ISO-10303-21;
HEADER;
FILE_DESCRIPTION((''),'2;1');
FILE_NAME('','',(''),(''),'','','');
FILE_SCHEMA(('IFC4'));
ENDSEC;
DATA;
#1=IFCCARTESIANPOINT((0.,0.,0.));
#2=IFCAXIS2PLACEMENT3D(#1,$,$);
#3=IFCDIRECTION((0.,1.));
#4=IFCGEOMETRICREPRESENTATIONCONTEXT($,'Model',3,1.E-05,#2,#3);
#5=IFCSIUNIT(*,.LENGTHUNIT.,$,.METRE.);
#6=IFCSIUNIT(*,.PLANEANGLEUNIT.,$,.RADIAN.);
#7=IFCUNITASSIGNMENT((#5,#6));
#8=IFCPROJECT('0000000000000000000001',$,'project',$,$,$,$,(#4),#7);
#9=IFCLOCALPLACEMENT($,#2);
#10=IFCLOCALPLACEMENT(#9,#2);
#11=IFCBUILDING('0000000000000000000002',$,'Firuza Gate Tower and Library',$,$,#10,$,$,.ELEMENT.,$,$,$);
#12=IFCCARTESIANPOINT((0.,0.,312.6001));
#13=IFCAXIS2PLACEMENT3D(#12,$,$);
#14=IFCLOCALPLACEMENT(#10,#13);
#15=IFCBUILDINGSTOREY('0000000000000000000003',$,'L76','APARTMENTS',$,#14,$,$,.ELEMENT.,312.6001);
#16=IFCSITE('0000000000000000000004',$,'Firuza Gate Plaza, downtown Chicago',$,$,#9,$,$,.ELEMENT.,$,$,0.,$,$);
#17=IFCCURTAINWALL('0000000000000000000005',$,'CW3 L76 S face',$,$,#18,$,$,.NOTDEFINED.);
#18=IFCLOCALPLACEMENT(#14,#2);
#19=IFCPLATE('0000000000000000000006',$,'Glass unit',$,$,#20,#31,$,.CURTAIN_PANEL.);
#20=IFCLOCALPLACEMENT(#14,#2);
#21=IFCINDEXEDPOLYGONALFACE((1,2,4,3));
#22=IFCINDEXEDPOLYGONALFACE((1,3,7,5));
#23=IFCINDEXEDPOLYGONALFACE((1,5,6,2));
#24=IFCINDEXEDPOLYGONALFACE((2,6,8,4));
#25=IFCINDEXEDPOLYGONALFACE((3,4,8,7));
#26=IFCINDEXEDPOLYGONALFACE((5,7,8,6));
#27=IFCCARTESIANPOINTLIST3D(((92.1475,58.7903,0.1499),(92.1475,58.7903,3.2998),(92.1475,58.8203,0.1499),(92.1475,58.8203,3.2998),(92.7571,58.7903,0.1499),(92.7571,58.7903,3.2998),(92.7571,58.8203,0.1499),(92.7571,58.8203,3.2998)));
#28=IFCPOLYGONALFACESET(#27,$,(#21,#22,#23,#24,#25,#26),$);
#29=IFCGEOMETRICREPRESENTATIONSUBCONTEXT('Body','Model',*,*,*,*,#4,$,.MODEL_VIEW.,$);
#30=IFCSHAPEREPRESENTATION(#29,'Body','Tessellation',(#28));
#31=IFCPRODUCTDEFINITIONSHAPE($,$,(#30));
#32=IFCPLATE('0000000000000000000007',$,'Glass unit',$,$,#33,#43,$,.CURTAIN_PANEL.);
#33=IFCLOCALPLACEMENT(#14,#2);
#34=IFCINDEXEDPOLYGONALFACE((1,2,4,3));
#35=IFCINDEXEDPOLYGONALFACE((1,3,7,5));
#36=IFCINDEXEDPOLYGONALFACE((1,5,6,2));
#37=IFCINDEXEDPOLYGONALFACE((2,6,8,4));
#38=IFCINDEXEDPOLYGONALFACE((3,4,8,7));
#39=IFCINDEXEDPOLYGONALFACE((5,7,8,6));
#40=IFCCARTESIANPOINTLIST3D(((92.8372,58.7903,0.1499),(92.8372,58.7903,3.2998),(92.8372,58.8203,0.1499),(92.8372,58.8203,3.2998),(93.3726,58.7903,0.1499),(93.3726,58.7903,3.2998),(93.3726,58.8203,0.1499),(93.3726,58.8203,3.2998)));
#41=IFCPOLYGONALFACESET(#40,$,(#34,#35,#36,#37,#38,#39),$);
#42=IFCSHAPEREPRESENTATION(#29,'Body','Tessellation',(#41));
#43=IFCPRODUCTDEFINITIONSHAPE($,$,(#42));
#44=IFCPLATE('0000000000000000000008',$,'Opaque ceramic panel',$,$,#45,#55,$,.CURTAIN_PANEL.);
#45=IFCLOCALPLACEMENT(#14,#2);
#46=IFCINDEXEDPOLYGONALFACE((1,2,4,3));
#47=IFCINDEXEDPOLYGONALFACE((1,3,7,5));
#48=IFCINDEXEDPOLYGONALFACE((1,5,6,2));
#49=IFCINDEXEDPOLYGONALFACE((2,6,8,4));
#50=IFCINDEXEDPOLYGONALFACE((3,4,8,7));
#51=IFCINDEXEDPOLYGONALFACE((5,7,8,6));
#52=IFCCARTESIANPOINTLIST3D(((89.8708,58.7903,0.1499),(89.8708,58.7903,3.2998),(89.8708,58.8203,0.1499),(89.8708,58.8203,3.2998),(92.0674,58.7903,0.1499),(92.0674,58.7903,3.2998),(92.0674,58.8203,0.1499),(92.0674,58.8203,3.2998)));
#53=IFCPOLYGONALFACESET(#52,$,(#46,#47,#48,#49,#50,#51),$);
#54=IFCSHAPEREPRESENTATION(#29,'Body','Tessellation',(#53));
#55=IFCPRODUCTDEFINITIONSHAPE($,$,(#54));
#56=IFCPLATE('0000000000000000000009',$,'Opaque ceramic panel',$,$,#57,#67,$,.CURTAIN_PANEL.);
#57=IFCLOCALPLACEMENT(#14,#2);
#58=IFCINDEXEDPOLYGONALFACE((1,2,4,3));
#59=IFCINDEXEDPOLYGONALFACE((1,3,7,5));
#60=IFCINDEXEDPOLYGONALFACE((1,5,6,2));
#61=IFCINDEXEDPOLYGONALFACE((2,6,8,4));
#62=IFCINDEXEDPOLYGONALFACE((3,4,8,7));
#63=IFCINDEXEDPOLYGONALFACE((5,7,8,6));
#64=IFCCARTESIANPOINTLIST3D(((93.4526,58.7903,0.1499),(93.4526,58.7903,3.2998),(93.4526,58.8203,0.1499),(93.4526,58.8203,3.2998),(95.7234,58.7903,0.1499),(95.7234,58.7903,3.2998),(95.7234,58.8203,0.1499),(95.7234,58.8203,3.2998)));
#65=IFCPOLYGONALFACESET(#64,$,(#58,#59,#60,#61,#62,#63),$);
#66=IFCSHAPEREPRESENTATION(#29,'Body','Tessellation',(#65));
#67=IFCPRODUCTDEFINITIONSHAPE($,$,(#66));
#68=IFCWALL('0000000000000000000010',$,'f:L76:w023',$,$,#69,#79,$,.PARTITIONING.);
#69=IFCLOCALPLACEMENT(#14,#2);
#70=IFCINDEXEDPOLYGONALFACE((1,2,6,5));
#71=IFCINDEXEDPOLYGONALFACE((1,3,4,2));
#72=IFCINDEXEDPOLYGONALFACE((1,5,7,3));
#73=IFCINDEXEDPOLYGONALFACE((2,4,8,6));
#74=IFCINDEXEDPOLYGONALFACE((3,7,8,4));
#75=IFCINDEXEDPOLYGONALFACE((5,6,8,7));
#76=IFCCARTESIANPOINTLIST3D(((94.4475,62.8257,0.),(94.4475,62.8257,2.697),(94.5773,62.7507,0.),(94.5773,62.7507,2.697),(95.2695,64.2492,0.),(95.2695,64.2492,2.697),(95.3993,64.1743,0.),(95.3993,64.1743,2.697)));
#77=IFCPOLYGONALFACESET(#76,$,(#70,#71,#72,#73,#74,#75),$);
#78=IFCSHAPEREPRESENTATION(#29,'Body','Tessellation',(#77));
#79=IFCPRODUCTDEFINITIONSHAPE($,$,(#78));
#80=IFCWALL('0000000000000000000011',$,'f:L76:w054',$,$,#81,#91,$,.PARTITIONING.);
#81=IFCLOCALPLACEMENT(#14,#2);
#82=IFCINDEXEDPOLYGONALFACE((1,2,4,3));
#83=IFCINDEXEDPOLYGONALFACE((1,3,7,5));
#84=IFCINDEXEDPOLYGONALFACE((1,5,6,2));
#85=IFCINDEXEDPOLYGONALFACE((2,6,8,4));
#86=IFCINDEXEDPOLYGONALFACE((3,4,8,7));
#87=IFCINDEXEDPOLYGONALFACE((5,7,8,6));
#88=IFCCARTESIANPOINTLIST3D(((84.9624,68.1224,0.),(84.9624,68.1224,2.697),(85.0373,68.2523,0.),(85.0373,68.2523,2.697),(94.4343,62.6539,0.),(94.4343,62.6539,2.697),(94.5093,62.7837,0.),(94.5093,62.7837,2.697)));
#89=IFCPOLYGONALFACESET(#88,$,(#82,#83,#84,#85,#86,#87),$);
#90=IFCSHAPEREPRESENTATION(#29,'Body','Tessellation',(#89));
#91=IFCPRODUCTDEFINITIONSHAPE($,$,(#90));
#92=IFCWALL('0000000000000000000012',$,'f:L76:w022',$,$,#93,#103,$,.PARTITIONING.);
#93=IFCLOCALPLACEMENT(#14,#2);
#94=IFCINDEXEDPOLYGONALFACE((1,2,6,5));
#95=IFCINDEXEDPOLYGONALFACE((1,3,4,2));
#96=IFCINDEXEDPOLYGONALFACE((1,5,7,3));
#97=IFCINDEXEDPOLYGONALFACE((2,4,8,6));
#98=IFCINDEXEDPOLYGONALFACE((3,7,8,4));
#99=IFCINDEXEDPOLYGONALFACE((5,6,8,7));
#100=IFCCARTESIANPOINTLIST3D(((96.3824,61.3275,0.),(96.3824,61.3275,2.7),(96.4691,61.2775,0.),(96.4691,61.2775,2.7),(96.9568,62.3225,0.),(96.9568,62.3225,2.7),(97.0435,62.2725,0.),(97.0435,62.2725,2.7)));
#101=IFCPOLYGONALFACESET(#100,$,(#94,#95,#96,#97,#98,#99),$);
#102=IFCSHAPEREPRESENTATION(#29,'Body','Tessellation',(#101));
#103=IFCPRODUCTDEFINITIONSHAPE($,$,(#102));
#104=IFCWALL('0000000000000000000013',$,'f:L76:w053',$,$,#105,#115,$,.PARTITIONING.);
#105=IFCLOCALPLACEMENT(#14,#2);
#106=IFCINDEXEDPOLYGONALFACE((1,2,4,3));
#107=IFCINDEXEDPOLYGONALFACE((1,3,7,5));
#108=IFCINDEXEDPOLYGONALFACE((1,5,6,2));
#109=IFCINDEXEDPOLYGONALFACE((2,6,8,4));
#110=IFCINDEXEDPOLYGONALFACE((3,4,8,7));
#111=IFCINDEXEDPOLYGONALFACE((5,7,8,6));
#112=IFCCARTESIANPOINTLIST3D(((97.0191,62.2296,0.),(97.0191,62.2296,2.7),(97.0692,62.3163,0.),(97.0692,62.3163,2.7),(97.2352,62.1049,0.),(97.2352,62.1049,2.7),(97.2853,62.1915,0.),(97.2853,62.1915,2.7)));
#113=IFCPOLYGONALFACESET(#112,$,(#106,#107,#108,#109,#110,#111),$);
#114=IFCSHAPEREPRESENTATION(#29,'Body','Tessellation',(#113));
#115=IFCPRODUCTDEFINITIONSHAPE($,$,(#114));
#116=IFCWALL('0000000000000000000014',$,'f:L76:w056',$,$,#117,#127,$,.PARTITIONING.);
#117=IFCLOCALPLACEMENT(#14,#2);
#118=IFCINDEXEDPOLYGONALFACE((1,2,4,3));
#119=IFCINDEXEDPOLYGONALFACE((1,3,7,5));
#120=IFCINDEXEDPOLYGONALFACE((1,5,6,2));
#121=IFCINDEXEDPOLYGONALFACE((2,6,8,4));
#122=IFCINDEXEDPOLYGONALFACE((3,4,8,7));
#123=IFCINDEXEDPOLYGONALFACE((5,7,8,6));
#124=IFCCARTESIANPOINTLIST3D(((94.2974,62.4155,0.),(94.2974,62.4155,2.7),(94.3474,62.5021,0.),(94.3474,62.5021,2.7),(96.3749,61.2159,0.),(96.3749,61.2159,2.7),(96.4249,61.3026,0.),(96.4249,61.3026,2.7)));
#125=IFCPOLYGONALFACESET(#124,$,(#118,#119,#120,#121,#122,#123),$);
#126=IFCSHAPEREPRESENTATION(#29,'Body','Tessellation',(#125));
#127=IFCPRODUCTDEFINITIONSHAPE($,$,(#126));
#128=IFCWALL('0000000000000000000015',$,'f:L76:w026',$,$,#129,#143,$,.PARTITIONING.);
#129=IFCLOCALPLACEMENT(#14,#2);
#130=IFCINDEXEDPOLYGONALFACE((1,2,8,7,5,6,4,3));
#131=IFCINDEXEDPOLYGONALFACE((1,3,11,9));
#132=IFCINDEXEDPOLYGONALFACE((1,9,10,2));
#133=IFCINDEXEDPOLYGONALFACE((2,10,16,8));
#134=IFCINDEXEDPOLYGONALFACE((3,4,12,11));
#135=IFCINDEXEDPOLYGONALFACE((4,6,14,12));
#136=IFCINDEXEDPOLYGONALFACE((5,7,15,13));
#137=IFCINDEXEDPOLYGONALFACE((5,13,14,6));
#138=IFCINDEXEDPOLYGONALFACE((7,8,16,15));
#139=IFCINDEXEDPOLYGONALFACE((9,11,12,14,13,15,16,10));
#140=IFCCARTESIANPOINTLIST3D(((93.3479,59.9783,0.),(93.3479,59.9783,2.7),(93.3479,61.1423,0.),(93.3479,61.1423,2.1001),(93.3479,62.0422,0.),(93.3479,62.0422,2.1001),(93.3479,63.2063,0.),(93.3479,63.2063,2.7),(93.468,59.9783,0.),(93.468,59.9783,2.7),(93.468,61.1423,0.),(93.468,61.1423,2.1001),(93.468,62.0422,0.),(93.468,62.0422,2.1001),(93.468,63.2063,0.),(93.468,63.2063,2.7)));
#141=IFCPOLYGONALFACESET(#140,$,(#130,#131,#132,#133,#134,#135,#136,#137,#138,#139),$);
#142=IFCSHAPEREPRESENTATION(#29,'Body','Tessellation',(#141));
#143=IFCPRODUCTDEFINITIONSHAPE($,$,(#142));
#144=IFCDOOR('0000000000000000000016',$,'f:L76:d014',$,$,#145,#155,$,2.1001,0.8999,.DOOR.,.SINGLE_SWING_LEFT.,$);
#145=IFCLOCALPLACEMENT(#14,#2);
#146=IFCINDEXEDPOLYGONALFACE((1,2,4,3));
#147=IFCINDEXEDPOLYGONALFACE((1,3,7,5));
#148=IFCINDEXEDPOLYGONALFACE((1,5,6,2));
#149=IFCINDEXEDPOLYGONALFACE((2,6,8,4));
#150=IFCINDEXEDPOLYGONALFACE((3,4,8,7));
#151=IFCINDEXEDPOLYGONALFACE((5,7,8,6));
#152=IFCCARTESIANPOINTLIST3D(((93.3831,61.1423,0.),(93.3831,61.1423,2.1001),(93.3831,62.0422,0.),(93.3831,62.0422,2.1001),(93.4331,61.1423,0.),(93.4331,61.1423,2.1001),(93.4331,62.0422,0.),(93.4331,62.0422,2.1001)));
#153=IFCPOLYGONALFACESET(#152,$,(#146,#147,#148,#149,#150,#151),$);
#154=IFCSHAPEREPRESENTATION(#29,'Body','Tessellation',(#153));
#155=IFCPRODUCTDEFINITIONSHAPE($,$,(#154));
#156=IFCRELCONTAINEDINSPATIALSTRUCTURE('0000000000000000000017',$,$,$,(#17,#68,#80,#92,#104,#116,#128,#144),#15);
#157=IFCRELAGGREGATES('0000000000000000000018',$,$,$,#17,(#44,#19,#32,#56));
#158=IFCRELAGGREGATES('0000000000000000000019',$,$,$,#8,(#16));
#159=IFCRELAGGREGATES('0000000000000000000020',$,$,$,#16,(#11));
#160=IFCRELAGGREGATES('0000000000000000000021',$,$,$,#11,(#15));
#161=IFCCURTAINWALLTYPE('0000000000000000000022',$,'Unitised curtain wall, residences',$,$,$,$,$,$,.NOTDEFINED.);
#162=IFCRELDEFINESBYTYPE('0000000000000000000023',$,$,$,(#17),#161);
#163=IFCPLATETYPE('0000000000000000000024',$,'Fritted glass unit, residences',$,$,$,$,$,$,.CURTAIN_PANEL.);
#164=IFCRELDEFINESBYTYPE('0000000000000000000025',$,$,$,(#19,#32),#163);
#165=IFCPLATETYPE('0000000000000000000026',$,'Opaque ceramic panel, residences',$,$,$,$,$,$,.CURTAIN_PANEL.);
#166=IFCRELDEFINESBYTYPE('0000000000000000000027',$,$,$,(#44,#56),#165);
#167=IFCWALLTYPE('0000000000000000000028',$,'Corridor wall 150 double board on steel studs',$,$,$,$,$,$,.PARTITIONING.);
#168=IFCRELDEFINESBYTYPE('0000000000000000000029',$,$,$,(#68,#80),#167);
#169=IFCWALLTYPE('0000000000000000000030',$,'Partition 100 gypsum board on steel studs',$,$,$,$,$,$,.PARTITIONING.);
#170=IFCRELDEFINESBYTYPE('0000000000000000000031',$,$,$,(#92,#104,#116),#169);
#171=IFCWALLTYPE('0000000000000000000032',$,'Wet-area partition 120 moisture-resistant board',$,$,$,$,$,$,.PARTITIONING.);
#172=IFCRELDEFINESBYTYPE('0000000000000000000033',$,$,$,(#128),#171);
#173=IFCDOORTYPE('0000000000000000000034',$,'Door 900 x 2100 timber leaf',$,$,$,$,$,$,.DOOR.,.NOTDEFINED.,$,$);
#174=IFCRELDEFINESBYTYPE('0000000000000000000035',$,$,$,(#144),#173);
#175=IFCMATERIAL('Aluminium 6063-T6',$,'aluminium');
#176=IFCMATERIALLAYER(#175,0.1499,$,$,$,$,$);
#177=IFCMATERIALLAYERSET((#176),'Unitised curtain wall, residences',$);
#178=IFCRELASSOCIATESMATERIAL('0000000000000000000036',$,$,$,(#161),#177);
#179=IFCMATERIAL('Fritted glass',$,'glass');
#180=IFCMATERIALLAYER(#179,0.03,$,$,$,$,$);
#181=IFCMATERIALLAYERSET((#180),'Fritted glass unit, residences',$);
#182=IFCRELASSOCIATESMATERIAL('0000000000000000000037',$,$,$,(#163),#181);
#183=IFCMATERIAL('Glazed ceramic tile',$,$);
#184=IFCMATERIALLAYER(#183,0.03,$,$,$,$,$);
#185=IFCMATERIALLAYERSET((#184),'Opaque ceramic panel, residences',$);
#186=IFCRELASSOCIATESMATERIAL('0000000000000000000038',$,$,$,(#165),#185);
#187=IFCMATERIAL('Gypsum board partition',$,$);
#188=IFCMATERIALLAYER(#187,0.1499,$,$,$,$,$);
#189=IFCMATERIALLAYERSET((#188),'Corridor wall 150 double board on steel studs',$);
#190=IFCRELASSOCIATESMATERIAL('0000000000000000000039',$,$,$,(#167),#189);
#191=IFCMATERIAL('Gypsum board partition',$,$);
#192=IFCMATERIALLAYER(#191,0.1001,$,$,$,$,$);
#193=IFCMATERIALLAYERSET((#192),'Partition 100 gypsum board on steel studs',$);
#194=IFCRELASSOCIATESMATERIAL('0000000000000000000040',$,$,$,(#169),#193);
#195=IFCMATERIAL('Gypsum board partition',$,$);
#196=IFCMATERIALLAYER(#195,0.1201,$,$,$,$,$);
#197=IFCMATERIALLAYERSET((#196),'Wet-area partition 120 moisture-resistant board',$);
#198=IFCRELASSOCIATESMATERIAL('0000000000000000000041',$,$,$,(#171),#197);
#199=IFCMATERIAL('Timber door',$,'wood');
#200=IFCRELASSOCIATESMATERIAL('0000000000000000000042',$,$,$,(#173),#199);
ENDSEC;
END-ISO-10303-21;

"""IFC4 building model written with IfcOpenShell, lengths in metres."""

from ifc_helpers import new_model, si_unit, direction, frame, frame_2d, origin, place, context, subcontext, project, spatial, polyline, rectangle, outline, extrude, material, layer, layer_set, type_object, element, fill, aggregate, save


model = new_model("IFC4")

# Units and contexts
model_context = context("Model", 3, precision=1e-05, world=origin(), true_north=direction((0.0, 1.0)))
body_context = subcontext(model_context, "Body", "Model", "MODEL_VIEW")
ifc_project = project(units=[si_unit("LENGTHUNIT", "METRE"), si_unit("PLANEANGLEUNIT", "RADIAN")], contexts=[model_context])

# Site, building, storey
site_placement = place(None, origin())
site = spatial("IfcSite", under=ifc_project, at=site_placement, Name="Firuza Gate Plaza, downtown Chicago", CompositionType="ELEMENT", RefElevation=0.0)
building_placement = place(site_placement, origin())
building = spatial("IfcBuilding", under=site, at=building_placement, Name="Firuza Gate Tower and Library", CompositionType="ELEMENT")
storey_placement = place(building_placement, frame((0.0, 0.0, 312.6001)))
storey = spatial("IfcBuildingStorey", under=building, at=storey_placement, Name="L76", Description="APARTMENTS", CompositionType="ELEMENT", Elevation=312.6001)

# Curtain wall
ifc_material_1 = material(Name="Aluminium 6063-T6", Category="aluminium")
ifc_layer_1 = layer(ifc_material_1, 0.1499)
ifc_layer_set_1 = layer_set([ifc_layer_1], Name="Unitised curtain wall, residences")
curtain_wall_type_1 = type_object("IfcCurtainWallType", Name="Unitised curtain wall, residences", PredefinedType="NOTDEFINED", material=ifc_layer_set_1)
placement = place(storey_placement, origin())
curtain_wall_1 = element("IfcCurtainWall", 1, at=placement, inside=storey, type_object=curtain_wall_type_1, Name="CW3 L76 S face", PredefinedType="NOTDEFINED")

# Plates
ifc_material_2 = material(Name="Fritted glass", Category="glass")
ifc_layer_2 = layer(ifc_material_2, 0.03)
ifc_layer_set_2 = layer_set([ifc_layer_2], Name="Fritted glass unit, residences")
plate_type_1 = type_object("IfcPlateType", Name="Fritted glass unit, residences", PredefinedType="CURTAIN_PANEL", material=ifc_layer_set_2)
plate_1_placement = place(storey_placement, frame((92.1475, 58.7903, 0.1499), z_axis=(0.0, -1.0, 0.0), x_axis=(1.0, 0.0, 0.0)))
plate_1 = element("IfcPlate", 2, at=plate_1_placement, type_object=plate_type_1, Name="Glass unit", PredefinedType="CURTAIN_PANEL", context=body_context, shape_type="SweptSolid", body=[
    extrude(outline(polyline([(0.0, 0.0), (0.6096, 0.0), (0.6096, 3.1499), (0.0, 3.1499), (0.0, 0.0)])), origin(), (0.0, 0.0, -1.0), 0.03),
])
plate_2_placement = place(storey_placement, frame((92.8372, 58.7903, 0.1499), z_axis=(0.0, -1.0, 0.0), x_axis=(1.0, 0.0, 0.0)))
plate_2 = element("IfcPlate", 3, at=plate_2_placement, type_object=plate_type_1, Name="Glass unit", PredefinedType="CURTAIN_PANEL", context=body_context, shape_type="SweptSolid", body=[
    extrude(outline(polyline([(0.0, 0.0), (0.5354, 0.0), (0.5354, 3.1499), (0.0, 3.1499), (0.0, 0.0)])), origin(), (0.0, 0.0, -1.0), 0.03),
])
ifc_material_3 = material(Name="Glazed ceramic tile")
ifc_layer_3 = layer(ifc_material_3, 0.03)
ifc_layer_set_3 = layer_set([ifc_layer_3], Name="Opaque ceramic panel, residences")
plate_type_2 = type_object("IfcPlateType", Name="Opaque ceramic panel, residences", PredefinedType="CURTAIN_PANEL", material=ifc_layer_set_3)
plate_3_placement = place(storey_placement, frame((89.8708, 58.7903, 0.1499), z_axis=(0.0, -1.0, 0.0), x_axis=(1.0, 0.0, 0.0)))
plate_3 = element("IfcPlate", 4, at=plate_3_placement, type_object=plate_type_2, Name="Opaque ceramic panel", PredefinedType="CURTAIN_PANEL", context=body_context, shape_type="SweptSolid", body=[
    extrude(outline(polyline([(0.0, 0.0), (2.1965, 0.0), (2.1965, 3.1499), (0.0, 3.1499), (0.0, 0.0)])), origin(), (0.0, 0.0, -1.0), 0.03),
])
plate_4_placement = place(storey_placement, frame((93.4526, 58.7903, 0.1499), z_axis=(0.0, -1.0, 0.0), x_axis=(1.0, 0.0, 0.0)))
plate_4 = element("IfcPlate", 5, at=plate_4_placement, type_object=plate_type_2, Name="Opaque ceramic panel", PredefinedType="CURTAIN_PANEL", context=body_context, shape_type="SweptSolid", body=[
    extrude(outline(polyline([(0.0, 0.0), (2.2708, 0.0), (2.2708, 3.1499), (0.0, 3.1499), (0.0, 0.0)])), origin(), (0.0, 0.0, -1.0), 0.03),
])
aggregate(curtain_wall_1, [plate_3, plate_1, plate_2, plate_4])

# Walls
ifc_material_4 = material(Name="Gypsum board partition")
ifc_layer_4 = layer(ifc_material_4, 0.1499)
ifc_layer_set_4 = layer_set([ifc_layer_4], Name="Corridor wall 150 double board on steel studs")
wall_type_1 = type_object("IfcWallType", Name="Corridor wall 150 double board on steel studs", PredefinedType="PARTITIONING", material=ifc_layer_set_4)
wall_1_placement = place(storey_placement, frame((94.5125, 62.7883, 0.0), z_axis=(0.0, 0.0, 1.0), x_axis=(0.500052, 0.865995, 0.0)))
element("IfcWall", 6, at=wall_1_placement, inside=storey, type_object=wall_type_1, Name="f:L76:w023", PredefinedType="PARTITIONING", context=body_context, shape_type="SweptSolid", body=[
    extrude(rectangle(XDim=1.6438, YDim=0.1499, at=frame_2d((0.8218, 0.0))), origin(), (0.0, 0.0, 1.0), 2.697),
])
wall_2_placement = place(storey_placement, frame((94.4719, 62.7188, 0.0), z_axis=(0.0, 0.0, 1.0), x_axis=(-0.86603, 0.499992, 0.0)))
element("IfcWall", 7, at=wall_2_placement, inside=storey, type_object=wall_type_1, Name="f:L76:w054", PredefinedType="PARTITIONING", context=body_context, shape_type="SweptSolid", body=[
    extrude(rectangle(XDim=10.9373, YDim=0.1499, at=frame_2d((5.4688, 0.0))), origin(), (0.0, 0.0, 1.0), 2.697),
])
ifc_material_5 = material(Name="Gypsum board partition")
ifc_layer_5 = layer(ifc_material_5, 0.1001)
ifc_layer_set_5 = layer_set([ifc_layer_5], Name="Partition 100 gypsum board on steel studs")
wall_type_2 = type_object("IfcWallType", Name="Partition 100 gypsum board on steel studs", PredefinedType="PARTITIONING", material=ifc_layer_set_5)
wall_3_placement = place(storey_placement, frame((96.4258, 61.3025, 0.0), z_axis=(0.0, 0.0, 1.0), x_axis=(0.499955, 0.866051, 0.0)))
element("IfcWall", 8, at=wall_3_placement, inside=storey, type_object=wall_type_2, Name="f:L76:w022", PredefinedType="PARTITIONING", context=body_context, shape_type="SweptSolid", body=[
    extrude(rectangle(XDim=1.1489, YDim=0.1001, at=frame_2d((0.5745, 0.0))), origin(), (0.0, 0.0, 1.0), 2.7),
])
wall_4_placement = place(storey_placement, frame((97.2603, 62.1482, 0.0), z_axis=(0.0, 0.0, 1.0), x_axis=(-0.866006, 0.500033, 0.0)))
element("IfcWall", 9, at=wall_4_placement, inside=storey, type_object=wall_type_2, Name="f:L76:w053", PredefinedType="PARTITIONING", context=body_context, shape_type="SweptSolid", body=[
    extrude(rectangle(XDim=0.2495, YDim=0.1001, at=frame_2d((0.1248, 0.0))), origin(), (0.0, 0.0, 1.0), 2.7),
])
wall_5_placement = place(storey_placement, frame((96.3999, 61.2593, 0.0), z_axis=(0.0, 0.0, 1.0), x_axis=(-0.866011, 0.500025, 0.0)))
element("IfcWall", 10, at=wall_5_placement, inside=storey, type_object=wall_type_2, Name="f:L76:w056", PredefinedType="PARTITIONING", context=body_context, shape_type="SweptSolid", body=[
    extrude(rectangle(XDim=2.3989, YDim=0.1001, at=frame_2d((1.1995, 0.0))), origin(), (0.0, 0.0, 1.0), 2.7),
])

# Wall, opening, door
ifc_material_6 = material(Name="Gypsum board partition")
ifc_layer_6 = layer(ifc_material_6, 0.1201)
ifc_layer_set_6 = layer_set([ifc_layer_6], Name="Wet-area partition 120 moisture-resistant board")
wall_type_3 = type_object("IfcWallType", Name="Wet-area partition 120 moisture-resistant board", PredefinedType="PARTITIONING", material=ifc_layer_set_6)
wall_6_placement = place(storey_placement, frame((93.408, 59.9783, 0.0), z_axis=(0.0, 0.0, 1.0), x_axis=(0.0, 1.0, 0.0)))
wall_6 = element("IfcWall", 11, at=wall_6_placement, inside=storey, type_object=wall_type_3, Name="f:L76:w026", PredefinedType="PARTITIONING", context=body_context, shape_type="SweptSolid", body=[
    extrude(rectangle(XDim=3.228, YDim=0.1201, at=frame_2d((1.614, 0.0))), origin(), (0.0, 0.0, 1.0), 2.7),
])
opening_placement = place(wall_6_placement, frame((1.1641, 0.0, 0.0)))
opening = element("IfcOpeningElement", 12, at=opening_placement, cuts=wall_6, PredefinedType="OPENING", context=body_context, shape_type="SweptSolid", body=[
    extrude(rectangle(XDim=0.8999, YDim=2.1001, at=frame_2d((0.45, 1.05))), frame((0.0, 0.0701, 0.0), z_axis=(0.0, -1.0, 0.0), x_axis=(1.0, 0.0, 0.0)), (0.0, 0.0, 1.0), 0.1401),
])
ifc_material_7 = material(Name="Timber door", Category="wood")
door_type = type_object("IfcDoorType", Name="Door 900 x 2100 timber leaf", OperationType="NOTDEFINED", PredefinedType="DOOR", material=ifc_material_7)
door_placement = place(opening_placement, origin())
door = element("IfcDoor", 13, at=door_placement, inside=storey, type_object=door_type, Name="f:L76:d014", OperationType="SINGLE_SWING_LEFT", OverallHeight=2.1001, OverallWidth=0.8999, PredefinedType="DOOR", context=body_context, shape_type="SweptSolid", body=[
    extrude(rectangle(XDim=0.8999, YDim=2.1001, at=frame_2d((0.45, 1.05))), frame((0.0, 0.0249, 0.0), z_axis=(0.0, -1.0, 0.0), x_axis=(1.0, 0.0, 0.0)), (0.0, 0.0, 1.0), 0.05),
])
fill(opening, door)

save(model, "model.ifc")
